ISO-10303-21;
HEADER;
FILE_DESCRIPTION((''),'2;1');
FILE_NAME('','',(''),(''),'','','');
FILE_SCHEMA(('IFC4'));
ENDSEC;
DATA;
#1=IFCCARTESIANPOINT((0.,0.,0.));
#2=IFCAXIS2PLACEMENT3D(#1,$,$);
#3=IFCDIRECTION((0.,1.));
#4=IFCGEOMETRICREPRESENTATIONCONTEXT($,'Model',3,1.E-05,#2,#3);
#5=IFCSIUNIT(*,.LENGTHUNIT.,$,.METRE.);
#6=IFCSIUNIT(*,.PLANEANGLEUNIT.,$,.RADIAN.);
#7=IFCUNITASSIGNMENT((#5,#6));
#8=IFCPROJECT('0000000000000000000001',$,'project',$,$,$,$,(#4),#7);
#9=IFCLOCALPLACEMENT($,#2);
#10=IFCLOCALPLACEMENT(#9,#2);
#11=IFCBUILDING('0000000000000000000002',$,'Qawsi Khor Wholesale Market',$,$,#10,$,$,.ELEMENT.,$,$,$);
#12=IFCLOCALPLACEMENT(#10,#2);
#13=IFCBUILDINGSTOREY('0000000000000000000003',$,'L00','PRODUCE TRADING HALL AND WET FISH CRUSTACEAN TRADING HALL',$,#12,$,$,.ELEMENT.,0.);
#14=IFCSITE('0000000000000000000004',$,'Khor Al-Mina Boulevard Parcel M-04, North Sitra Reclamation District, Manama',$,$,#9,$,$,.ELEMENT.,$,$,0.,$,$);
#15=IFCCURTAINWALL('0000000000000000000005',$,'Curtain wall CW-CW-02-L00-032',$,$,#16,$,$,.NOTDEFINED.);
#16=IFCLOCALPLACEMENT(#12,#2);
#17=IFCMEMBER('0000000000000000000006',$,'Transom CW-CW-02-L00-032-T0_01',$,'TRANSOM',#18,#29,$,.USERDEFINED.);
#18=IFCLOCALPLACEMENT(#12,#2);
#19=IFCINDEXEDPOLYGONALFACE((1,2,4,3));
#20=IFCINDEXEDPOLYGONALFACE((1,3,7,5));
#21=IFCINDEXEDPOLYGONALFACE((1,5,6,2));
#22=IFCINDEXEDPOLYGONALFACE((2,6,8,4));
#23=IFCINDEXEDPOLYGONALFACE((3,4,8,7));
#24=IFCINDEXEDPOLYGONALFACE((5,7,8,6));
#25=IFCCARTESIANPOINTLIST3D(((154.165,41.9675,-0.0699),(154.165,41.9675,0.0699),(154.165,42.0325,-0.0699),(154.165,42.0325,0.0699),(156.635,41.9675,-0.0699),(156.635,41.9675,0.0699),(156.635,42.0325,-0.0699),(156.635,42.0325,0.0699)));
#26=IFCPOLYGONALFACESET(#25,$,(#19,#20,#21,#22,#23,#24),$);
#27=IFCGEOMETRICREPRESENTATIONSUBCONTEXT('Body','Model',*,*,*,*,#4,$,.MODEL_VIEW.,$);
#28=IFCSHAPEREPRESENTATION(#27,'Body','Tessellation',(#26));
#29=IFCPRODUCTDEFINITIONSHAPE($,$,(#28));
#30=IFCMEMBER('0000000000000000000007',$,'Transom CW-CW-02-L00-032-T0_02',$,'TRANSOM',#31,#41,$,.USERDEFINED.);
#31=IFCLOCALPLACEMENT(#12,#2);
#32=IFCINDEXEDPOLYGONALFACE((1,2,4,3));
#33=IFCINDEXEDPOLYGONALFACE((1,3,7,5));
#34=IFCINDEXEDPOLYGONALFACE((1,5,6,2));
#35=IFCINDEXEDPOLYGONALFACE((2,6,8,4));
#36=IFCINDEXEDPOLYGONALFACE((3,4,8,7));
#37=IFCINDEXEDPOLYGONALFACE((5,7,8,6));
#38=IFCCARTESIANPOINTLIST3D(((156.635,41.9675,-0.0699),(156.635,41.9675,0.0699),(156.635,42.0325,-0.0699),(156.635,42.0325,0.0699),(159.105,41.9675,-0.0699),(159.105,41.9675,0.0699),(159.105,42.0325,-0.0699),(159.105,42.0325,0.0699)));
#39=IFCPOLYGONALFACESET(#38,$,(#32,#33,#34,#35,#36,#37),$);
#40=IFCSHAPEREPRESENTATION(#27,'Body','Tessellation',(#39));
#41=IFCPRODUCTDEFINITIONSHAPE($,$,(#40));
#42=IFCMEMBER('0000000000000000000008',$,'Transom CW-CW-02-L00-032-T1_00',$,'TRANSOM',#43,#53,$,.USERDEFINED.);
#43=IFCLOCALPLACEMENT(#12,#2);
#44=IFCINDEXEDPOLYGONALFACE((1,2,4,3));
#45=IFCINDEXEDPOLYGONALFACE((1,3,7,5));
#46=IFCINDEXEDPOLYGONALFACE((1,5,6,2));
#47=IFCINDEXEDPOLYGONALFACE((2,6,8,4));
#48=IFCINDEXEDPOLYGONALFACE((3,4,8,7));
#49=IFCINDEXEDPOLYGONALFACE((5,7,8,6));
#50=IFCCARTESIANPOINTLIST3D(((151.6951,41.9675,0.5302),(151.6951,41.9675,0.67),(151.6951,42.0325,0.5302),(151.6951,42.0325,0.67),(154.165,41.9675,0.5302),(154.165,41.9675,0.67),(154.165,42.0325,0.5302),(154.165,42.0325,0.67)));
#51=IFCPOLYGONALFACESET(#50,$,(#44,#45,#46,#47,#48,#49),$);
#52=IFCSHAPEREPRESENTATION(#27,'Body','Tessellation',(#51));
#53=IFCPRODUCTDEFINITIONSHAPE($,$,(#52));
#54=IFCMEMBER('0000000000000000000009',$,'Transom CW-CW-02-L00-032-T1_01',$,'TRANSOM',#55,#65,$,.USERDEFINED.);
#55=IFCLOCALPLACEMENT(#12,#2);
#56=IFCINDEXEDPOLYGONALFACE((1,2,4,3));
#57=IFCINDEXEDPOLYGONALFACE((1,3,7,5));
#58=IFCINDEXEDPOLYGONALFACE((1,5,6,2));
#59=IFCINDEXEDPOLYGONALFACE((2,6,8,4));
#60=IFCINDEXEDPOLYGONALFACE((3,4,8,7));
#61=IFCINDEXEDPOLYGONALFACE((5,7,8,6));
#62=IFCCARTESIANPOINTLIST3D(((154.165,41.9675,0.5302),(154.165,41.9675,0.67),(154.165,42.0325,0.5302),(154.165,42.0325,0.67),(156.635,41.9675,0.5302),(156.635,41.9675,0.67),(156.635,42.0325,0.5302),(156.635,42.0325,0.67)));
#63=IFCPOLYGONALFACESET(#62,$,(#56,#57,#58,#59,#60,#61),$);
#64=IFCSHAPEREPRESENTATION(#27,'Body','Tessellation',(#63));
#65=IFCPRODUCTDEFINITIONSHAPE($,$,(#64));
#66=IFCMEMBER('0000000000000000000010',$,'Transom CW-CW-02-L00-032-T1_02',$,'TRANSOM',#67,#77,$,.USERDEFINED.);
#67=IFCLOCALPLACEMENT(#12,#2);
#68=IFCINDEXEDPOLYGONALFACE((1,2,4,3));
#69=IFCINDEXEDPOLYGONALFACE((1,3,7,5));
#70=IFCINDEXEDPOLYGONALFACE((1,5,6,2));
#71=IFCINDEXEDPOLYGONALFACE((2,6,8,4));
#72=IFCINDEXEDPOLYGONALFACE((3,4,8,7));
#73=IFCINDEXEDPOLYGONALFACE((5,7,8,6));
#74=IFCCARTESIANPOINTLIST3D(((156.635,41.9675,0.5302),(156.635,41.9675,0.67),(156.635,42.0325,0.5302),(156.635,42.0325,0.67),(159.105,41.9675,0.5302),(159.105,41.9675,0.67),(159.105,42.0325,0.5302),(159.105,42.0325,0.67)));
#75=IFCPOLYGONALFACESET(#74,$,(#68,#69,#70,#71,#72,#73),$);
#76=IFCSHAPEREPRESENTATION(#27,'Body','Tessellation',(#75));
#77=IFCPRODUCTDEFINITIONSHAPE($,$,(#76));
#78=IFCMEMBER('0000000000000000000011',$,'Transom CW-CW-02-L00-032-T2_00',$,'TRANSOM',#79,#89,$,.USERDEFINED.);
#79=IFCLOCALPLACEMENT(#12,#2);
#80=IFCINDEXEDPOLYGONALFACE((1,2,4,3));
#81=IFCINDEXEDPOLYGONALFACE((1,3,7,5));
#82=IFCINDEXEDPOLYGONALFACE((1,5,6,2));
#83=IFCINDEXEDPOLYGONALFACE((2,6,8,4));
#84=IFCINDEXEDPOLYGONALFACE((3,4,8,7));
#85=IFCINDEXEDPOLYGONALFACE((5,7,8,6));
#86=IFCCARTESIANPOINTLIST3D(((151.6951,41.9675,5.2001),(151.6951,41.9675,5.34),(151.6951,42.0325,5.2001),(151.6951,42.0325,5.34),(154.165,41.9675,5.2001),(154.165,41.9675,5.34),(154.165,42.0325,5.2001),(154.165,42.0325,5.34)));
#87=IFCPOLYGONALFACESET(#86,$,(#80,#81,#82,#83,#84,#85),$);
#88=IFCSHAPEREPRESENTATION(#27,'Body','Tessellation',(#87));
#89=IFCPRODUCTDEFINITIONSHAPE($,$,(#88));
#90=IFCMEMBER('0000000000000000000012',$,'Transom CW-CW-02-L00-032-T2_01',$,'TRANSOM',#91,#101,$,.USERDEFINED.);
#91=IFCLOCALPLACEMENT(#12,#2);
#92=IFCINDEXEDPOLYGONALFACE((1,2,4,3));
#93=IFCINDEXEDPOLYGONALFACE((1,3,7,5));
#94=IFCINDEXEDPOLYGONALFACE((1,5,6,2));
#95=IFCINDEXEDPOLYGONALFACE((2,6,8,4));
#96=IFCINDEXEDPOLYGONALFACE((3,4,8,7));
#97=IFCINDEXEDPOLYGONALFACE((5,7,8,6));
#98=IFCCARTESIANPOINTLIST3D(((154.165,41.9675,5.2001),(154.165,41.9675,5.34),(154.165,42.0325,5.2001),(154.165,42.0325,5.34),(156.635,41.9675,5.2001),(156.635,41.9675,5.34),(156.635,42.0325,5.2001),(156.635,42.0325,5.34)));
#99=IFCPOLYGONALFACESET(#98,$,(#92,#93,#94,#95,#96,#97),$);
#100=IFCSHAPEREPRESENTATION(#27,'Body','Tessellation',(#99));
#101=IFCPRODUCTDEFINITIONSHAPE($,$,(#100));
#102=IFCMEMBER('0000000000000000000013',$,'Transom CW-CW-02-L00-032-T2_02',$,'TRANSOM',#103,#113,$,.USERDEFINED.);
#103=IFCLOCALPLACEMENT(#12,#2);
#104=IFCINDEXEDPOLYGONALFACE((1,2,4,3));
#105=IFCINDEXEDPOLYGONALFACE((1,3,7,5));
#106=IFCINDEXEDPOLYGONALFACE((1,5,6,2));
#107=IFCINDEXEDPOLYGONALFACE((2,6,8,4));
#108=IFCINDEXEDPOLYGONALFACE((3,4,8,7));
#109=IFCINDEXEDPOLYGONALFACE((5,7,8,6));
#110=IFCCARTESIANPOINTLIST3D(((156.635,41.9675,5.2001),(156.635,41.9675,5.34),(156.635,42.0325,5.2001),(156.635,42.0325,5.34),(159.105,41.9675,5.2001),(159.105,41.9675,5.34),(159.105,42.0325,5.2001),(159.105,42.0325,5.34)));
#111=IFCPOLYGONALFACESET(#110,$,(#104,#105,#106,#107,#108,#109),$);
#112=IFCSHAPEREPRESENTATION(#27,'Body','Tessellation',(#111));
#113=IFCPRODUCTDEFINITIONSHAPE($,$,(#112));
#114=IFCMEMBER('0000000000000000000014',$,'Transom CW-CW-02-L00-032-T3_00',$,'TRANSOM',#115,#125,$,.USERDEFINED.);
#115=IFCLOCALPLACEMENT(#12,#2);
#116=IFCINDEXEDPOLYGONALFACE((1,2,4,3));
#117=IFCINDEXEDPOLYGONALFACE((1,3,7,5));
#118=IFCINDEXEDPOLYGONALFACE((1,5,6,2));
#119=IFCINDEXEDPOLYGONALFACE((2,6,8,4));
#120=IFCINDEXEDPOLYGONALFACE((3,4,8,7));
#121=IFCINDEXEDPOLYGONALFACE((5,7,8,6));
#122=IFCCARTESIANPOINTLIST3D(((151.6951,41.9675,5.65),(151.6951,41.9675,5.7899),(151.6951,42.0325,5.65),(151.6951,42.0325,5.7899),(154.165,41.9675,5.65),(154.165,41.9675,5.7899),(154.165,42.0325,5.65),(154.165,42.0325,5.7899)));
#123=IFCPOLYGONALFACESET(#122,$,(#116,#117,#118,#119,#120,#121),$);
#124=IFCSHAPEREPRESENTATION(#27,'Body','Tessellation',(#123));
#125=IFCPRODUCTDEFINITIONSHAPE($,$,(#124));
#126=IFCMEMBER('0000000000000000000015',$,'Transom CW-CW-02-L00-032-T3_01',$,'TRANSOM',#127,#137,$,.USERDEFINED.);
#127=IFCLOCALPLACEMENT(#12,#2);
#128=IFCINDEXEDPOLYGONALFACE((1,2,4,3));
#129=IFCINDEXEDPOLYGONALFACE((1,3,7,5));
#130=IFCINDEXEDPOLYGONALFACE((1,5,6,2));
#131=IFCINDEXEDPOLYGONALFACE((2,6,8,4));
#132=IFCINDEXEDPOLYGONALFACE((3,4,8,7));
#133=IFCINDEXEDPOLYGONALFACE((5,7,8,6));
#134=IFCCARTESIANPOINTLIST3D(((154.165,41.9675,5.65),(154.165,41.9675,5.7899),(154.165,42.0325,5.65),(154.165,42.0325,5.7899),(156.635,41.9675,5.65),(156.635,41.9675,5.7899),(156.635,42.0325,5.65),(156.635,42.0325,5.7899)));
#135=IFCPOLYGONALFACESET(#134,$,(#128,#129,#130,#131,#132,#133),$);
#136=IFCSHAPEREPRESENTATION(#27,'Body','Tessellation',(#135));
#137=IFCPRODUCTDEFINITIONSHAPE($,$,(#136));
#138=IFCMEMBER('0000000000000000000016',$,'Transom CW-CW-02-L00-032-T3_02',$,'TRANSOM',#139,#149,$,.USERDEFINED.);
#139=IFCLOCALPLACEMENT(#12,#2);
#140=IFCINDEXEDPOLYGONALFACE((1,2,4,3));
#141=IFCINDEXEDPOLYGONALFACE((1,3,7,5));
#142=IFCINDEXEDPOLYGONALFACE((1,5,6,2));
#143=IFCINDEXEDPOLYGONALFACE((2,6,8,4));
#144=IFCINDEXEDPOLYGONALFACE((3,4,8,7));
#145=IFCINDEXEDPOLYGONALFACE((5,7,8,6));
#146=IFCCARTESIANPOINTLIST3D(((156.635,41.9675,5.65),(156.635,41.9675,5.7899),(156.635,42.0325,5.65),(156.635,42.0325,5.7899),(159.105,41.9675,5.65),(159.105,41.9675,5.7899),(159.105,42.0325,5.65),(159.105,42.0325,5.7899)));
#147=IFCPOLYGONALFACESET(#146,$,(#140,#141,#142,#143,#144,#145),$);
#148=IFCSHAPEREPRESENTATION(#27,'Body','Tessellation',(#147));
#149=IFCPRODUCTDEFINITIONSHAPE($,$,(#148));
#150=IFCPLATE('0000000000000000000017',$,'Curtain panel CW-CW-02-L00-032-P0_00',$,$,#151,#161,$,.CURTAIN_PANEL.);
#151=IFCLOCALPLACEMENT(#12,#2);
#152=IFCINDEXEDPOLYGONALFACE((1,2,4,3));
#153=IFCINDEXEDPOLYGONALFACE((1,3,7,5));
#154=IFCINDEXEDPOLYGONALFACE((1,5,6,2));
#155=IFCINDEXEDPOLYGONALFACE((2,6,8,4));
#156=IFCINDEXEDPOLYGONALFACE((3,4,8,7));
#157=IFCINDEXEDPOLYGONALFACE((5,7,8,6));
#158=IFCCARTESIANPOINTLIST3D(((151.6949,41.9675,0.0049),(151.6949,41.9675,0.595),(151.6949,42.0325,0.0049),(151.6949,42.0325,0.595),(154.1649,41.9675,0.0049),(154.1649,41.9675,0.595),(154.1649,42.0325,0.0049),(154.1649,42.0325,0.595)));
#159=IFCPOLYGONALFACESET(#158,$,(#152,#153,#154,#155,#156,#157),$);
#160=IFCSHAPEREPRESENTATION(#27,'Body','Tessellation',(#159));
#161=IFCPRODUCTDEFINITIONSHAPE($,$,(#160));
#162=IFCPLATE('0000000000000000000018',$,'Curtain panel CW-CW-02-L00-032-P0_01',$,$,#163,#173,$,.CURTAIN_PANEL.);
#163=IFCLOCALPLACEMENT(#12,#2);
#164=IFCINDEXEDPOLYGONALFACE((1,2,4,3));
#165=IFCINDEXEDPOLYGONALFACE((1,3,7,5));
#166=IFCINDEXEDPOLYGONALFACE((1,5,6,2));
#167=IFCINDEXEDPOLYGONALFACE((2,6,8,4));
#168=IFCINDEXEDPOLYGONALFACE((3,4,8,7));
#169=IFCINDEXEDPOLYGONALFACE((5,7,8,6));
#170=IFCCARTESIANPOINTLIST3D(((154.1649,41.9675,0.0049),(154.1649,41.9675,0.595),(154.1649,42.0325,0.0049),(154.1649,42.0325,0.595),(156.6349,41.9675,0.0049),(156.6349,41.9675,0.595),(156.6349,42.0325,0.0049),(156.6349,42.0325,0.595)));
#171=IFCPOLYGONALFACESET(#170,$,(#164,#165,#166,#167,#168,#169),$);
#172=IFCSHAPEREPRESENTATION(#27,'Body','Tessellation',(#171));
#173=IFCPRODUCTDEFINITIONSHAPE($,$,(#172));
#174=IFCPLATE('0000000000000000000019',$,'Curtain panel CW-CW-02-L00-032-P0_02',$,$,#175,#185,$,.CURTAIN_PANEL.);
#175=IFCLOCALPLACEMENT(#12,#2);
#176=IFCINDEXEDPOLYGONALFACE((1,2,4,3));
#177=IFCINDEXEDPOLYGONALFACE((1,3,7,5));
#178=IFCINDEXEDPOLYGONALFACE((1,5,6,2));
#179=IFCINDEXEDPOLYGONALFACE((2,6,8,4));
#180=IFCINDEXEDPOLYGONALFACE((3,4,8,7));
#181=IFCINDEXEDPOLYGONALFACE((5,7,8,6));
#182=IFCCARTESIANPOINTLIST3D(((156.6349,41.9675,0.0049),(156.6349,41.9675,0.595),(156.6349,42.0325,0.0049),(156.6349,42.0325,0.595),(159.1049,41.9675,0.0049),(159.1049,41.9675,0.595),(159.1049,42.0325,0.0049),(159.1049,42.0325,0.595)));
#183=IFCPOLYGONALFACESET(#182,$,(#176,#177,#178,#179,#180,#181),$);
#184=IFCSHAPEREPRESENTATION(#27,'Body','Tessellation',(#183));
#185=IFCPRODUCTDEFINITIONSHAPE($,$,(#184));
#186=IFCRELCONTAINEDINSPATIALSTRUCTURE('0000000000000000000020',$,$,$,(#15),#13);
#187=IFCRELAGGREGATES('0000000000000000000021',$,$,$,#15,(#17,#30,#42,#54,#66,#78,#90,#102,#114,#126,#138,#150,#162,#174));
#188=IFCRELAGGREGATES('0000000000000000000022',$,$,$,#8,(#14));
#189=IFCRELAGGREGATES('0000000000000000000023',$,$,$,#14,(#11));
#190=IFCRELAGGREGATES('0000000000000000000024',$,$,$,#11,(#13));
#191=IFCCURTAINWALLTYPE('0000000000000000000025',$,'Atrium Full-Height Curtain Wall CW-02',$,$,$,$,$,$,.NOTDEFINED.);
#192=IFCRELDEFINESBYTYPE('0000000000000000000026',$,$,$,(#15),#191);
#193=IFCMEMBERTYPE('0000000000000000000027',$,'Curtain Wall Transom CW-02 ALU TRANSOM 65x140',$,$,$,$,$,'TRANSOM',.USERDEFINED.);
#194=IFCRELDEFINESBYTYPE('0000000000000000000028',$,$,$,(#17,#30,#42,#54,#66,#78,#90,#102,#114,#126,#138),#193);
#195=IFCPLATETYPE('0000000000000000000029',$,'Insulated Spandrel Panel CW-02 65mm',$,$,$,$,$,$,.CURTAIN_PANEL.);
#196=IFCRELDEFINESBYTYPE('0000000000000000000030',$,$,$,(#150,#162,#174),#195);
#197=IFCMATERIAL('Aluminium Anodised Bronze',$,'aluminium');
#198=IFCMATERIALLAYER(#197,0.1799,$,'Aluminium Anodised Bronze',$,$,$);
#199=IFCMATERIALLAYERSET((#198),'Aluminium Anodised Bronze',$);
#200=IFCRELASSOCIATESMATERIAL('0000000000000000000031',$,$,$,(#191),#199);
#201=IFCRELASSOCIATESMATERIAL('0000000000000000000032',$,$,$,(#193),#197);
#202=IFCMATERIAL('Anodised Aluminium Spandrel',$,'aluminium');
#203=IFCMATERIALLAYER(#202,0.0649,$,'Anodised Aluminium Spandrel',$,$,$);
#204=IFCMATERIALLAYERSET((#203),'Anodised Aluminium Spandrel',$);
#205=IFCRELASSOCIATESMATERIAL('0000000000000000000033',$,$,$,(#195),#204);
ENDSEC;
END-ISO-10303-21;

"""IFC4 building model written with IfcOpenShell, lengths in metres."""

from ifc_helpers import new_model, si_unit, direction, frame, frame_2d, origin, origin_2d, place, context, subcontext, project, spatial, rectangle, extrude, material, layer, layer_set, material_profile, profile_set, type_object, element, aggregate, save


model = new_model("IFC4")

# Units and contexts
model_context = context("Model", 3, precision=1e-05, world=origin(), true_north=direction((0.0, 1.0)))
body_context = subcontext(model_context, "Body", "Model", "MODEL_VIEW")
ifc_project = project(units=[si_unit("LENGTHUNIT", "METRE"), si_unit("PLANEANGLEUNIT", "RADIAN")], contexts=[model_context])

# Site, building, storey
site_placement = place(None, origin())
site = spatial("IfcSite", under=ifc_project, at=site_placement, Name="Khor Al-Mina Boulevard Parcel M-04, North Sitra Reclamation District, Manama", CompositionType="ELEMENT", RefElevation=0.0)
building_placement = place(site_placement, origin())
building = spatial("IfcBuilding", under=site, at=building_placement, Name="Qawsi Khor Wholesale Market", CompositionType="ELEMENT")
storey_placement = place(building_placement, origin())
storey = spatial("IfcBuildingStorey", under=building, at=storey_placement, Name="L00", Description="PRODUCE TRADING HALL AND WET FISH CRUSTACEAN TRADING HALL", CompositionType="ELEMENT", Elevation=0.0)

# Curtain wall, members, plates
ifc_material_1 = material(Name="Aluminium Anodised Bronze", Category="aluminium")
ifc_layer_1 = layer(ifc_material_1, 0.1799, Name="Aluminium Anodised Bronze")
ifc_layer_set_1 = layer_set([ifc_layer_1], Name="Aluminium Anodised Bronze")
curtain_wall_type = type_object("IfcCurtainWallType", Name="Atrium Full-Height Curtain Wall CW-02", PredefinedType="NOTDEFINED", material=ifc_layer_set_1)
curtain_wall_placement = place(storey_placement, origin())
curtain_wall = element("IfcCurtainWall", 1, at=curtain_wall_placement, inside=storey, type_object=curtain_wall_type, Name="Curtain wall CW-CW-02-L00-032", PredefinedType="NOTDEFINED")
ifc_material_profile_1 = material_profile(ifc_material_1, rectangle(XDim=0.0649, YDim=0.1399, at=origin_2d()), Name="ALU TRANSOM 65x140")
ifc_profile_set_1 = profile_set([ifc_material_profile_1], Name="Aluminium Anodised Bronze")
member_type_1 = type_object("IfcMemberType", Name="Curtain Wall Transom CW-02 ALU TRANSOM 65x140", ElementType="TRANSOM", PredefinedType="USERDEFINED", material=ifc_profile_set_1)
member_1_placement = place(storey_placement, frame((154.165, 42.0, 0.0), z_axis=(1.0, 0.0, 0.0), x_axis=(0.0, 1.0, 0.0)))
member_1 = element("IfcMember", 2, at=member_1_placement, type_object=member_type_1, Name="Transom CW-CW-02-L00-032-T0_01", ObjectType="TRANSOM", PredefinedType="USERDEFINED", context=body_context, shape_type="SweptSolid", body=[
    extrude(rectangle(XDim=0.0649, YDim=0.1399, at=origin_2d()), origin(), (0.0, 0.0, 1.0), 2.47),
])
member_2_placement = place(storey_placement, frame((156.635, 42.0, 0.0), z_axis=(1.0, 0.0, 0.0), x_axis=(0.0, 1.0, 0.0)))
member_2 = element("IfcMember", 3, at=member_2_placement, type_object=member_type_1, Name="Transom CW-CW-02-L00-032-T0_02", ObjectType="TRANSOM", PredefinedType="USERDEFINED", context=body_context, shape_type="SweptSolid", body=[
    extrude(rectangle(XDim=0.0649, YDim=0.1399, at=origin_2d()), origin(), (0.0, 0.0, 1.0), 2.47),
])
member_3_placement = place(storey_placement, frame((151.6951, 42.0, 0.6001), z_axis=(1.0, 0.0, 0.0), x_axis=(0.0, 1.0, 0.0)))
member_3 = element("IfcMember", 4, at=member_3_placement, type_object=member_type_1, Name="Transom CW-CW-02-L00-032-T1_00", ObjectType="TRANSOM", PredefinedType="USERDEFINED", context=body_context, shape_type="SweptSolid", body=[
    extrude(rectangle(XDim=0.0649, YDim=0.1399, at=origin_2d()), origin(), (0.0, 0.0, 1.0), 2.47),
])
member_4_placement = place(storey_placement, frame((154.165, 42.0, 0.6001), z_axis=(1.0, 0.0, 0.0), x_axis=(0.0, 1.0, 0.0)))
member_4 = element("IfcMember", 5, at=member_4_placement, type_object=member_type_1, Name="Transom CW-CW-02-L00-032-T1_01", ObjectType="TRANSOM", PredefinedType="USERDEFINED", context=body_context, shape_type="SweptSolid", body=[
    extrude(rectangle(XDim=0.0649, YDim=0.1399, at=origin_2d()), origin(), (0.0, 0.0, 1.0), 2.47),
])
member_5_placement = place(storey_placement, frame((156.635, 42.0, 0.6001), z_axis=(1.0, 0.0, 0.0), x_axis=(0.0, 1.0, 0.0)))
member_5 = element("IfcMember", 6, at=member_5_placement, type_object=member_type_1, Name="Transom CW-CW-02-L00-032-T1_02", ObjectType="TRANSOM", PredefinedType="USERDEFINED", context=body_context, shape_type="SweptSolid", body=[
    extrude(rectangle(XDim=0.0649, YDim=0.1399, at=origin_2d()), origin(), (0.0, 0.0, 1.0), 2.47),
])
member_6_placement = place(storey_placement, frame((151.6951, 42.0, 5.27), z_axis=(1.0, 0.0, 0.0), x_axis=(0.0, 1.0, 0.0)))
member_6 = element("IfcMember", 7, at=member_6_placement, type_object=member_type_1, Name="Transom CW-CW-02-L00-032-T2_00", ObjectType="TRANSOM", PredefinedType="USERDEFINED", context=body_context, shape_type="SweptSolid", body=[
    extrude(rectangle(XDim=0.0649, YDim=0.1399, at=origin_2d()), origin(), (0.0, 0.0, 1.0), 2.47),
])
member_7_placement = place(storey_placement, frame((154.165, 42.0, 5.27), z_axis=(1.0, 0.0, 0.0), x_axis=(0.0, 1.0, 0.0)))
member_7 = element("IfcMember", 8, at=member_7_placement, type_object=member_type_1, Name="Transom CW-CW-02-L00-032-T2_01", ObjectType="TRANSOM", PredefinedType="USERDEFINED", context=body_context, shape_type="SweptSolid", body=[
    extrude(rectangle(XDim=0.0649, YDim=0.1399, at=origin_2d()), origin(), (0.0, 0.0, 1.0), 2.47),
])
member_8_placement = place(storey_placement, frame((156.635, 42.0, 5.27), z_axis=(1.0, 0.0, 0.0), x_axis=(0.0, 1.0, 0.0)))
member_8 = element("IfcMember", 9, at=member_8_placement, type_object=member_type_1, Name="Transom CW-CW-02-L00-032-T2_02", ObjectType="TRANSOM", PredefinedType="USERDEFINED", context=body_context, shape_type="SweptSolid", body=[
    extrude(rectangle(XDim=0.0649, YDim=0.1399, at=origin_2d()), origin(), (0.0, 0.0, 1.0), 2.47),
])
member_9_placement = place(storey_placement, frame((151.6951, 42.0, 5.72), z_axis=(1.0, 0.0, 0.0), x_axis=(0.0, 1.0, 0.0)))
member_9 = element("IfcMember", 10, at=member_9_placement, type_object=member_type_1, Name="Transom CW-CW-02-L00-032-T3_00", ObjectType="TRANSOM", PredefinedType="USERDEFINED", context=body_context, shape_type="SweptSolid", body=[
    extrude(rectangle(XDim=0.0649, YDim=0.1399, at=origin_2d()), origin(), (0.0, 0.0, 1.0), 2.47),
])
member_10_placement = place(storey_placement, frame((154.165, 42.0, 5.72), z_axis=(1.0, 0.0, 0.0), x_axis=(0.0, 1.0, 0.0)))
member_10 = element("IfcMember", 11, at=member_10_placement, type_object=member_type_1, Name="Transom CW-CW-02-L00-032-T3_01", ObjectType="TRANSOM", PredefinedType="USERDEFINED", context=body_context, shape_type="SweptSolid", body=[
    extrude(rectangle(XDim=0.0649, YDim=0.1399, at=origin_2d()), origin(), (0.0, 0.0, 1.0), 2.47),
])
member_11_placement = place(storey_placement, frame((156.635, 42.0, 5.72), z_axis=(1.0, 0.0, 0.0), x_axis=(0.0, 1.0, 0.0)))
member_11 = element("IfcMember", 12, at=member_11_placement, type_object=member_type_1, Name="Transom CW-CW-02-L00-032-T3_02", ObjectType="TRANSOM", PredefinedType="USERDEFINED", context=body_context, shape_type="SweptSolid", body=[
    extrude(rectangle(XDim=0.0649, YDim=0.1399, at=origin_2d()), origin(), (0.0, 0.0, 1.0), 2.47),
])
ifc_material_2 = material(Name="Anodised Aluminium Spandrel", Category="aluminium")
ifc_layer_2 = layer(ifc_material_2, 0.0649, Name="Anodised Aluminium Spandrel")
ifc_layer_set_2 = layer_set([ifc_layer_2], Name="Anodised Aluminium Spandrel")
plate_type_1 = type_object("IfcPlateType", Name="Insulated Spandrel Panel CW-02 65mm", PredefinedType="CURTAIN_PANEL", material=ifc_layer_set_2)
plate_1_placement = place(storey_placement, frame((151.6951, 42.0, 0.0049), z_axis=(0.0, 0.0, 1.0), x_axis=(1.0, 0.0, 0.0)))
plate_1 = element("IfcPlate", 13, at=plate_1_placement, type_object=plate_type_1, Name="Curtain panel CW-CW-02-L00-032-P0_00", PredefinedType="CURTAIN_PANEL", context=body_context, shape_type="SweptSolid", body=[
    extrude(rectangle(XDim=2.47, YDim=0.0649, at=frame_2d((1.2349, 0.0))), origin(), (0.0, 0.0, 1.0), 0.5901),
])
plate_2_placement = place(storey_placement, frame((154.165, 42.0, 0.0049), z_axis=(0.0, 0.0, 1.0), x_axis=(1.0, 0.0, 0.0)))
plate_2 = element("IfcPlate", 14, at=plate_2_placement, type_object=plate_type_1, Name="Curtain panel CW-CW-02-L00-032-P0_01", PredefinedType="CURTAIN_PANEL", context=body_context, shape_type="SweptSolid", body=[
    extrude(rectangle(XDim=2.47, YDim=0.0649, at=frame_2d((1.2349, 0.0))), origin(), (0.0, 0.0, 1.0), 0.5901),
])
plate_3_placement = place(storey_placement, frame((156.635, 42.0, 0.0049), z_axis=(0.0, 0.0, 1.0), x_axis=(1.0, 0.0, 0.0)))
plate_3 = element("IfcPlate", 15, at=plate_3_placement, type_object=plate_type_1, Name="Curtain panel CW-CW-02-L00-032-P0_02", PredefinedType="CURTAIN_PANEL", context=body_context, shape_type="SweptSolid", body=[
    extrude(rectangle(XDim=2.47, YDim=0.0649, at=frame_2d((1.2349, 0.0))), origin(), (0.0, 0.0, 1.0), 0.5901),
])
aggregate(curtain_wall, [member_1, member_2, member_3, member_4, member_5, member_6, member_7, member_8, member_9, member_10, member_11, plate_1, plate_2, plate_3])

save(model, "model.ifc")
